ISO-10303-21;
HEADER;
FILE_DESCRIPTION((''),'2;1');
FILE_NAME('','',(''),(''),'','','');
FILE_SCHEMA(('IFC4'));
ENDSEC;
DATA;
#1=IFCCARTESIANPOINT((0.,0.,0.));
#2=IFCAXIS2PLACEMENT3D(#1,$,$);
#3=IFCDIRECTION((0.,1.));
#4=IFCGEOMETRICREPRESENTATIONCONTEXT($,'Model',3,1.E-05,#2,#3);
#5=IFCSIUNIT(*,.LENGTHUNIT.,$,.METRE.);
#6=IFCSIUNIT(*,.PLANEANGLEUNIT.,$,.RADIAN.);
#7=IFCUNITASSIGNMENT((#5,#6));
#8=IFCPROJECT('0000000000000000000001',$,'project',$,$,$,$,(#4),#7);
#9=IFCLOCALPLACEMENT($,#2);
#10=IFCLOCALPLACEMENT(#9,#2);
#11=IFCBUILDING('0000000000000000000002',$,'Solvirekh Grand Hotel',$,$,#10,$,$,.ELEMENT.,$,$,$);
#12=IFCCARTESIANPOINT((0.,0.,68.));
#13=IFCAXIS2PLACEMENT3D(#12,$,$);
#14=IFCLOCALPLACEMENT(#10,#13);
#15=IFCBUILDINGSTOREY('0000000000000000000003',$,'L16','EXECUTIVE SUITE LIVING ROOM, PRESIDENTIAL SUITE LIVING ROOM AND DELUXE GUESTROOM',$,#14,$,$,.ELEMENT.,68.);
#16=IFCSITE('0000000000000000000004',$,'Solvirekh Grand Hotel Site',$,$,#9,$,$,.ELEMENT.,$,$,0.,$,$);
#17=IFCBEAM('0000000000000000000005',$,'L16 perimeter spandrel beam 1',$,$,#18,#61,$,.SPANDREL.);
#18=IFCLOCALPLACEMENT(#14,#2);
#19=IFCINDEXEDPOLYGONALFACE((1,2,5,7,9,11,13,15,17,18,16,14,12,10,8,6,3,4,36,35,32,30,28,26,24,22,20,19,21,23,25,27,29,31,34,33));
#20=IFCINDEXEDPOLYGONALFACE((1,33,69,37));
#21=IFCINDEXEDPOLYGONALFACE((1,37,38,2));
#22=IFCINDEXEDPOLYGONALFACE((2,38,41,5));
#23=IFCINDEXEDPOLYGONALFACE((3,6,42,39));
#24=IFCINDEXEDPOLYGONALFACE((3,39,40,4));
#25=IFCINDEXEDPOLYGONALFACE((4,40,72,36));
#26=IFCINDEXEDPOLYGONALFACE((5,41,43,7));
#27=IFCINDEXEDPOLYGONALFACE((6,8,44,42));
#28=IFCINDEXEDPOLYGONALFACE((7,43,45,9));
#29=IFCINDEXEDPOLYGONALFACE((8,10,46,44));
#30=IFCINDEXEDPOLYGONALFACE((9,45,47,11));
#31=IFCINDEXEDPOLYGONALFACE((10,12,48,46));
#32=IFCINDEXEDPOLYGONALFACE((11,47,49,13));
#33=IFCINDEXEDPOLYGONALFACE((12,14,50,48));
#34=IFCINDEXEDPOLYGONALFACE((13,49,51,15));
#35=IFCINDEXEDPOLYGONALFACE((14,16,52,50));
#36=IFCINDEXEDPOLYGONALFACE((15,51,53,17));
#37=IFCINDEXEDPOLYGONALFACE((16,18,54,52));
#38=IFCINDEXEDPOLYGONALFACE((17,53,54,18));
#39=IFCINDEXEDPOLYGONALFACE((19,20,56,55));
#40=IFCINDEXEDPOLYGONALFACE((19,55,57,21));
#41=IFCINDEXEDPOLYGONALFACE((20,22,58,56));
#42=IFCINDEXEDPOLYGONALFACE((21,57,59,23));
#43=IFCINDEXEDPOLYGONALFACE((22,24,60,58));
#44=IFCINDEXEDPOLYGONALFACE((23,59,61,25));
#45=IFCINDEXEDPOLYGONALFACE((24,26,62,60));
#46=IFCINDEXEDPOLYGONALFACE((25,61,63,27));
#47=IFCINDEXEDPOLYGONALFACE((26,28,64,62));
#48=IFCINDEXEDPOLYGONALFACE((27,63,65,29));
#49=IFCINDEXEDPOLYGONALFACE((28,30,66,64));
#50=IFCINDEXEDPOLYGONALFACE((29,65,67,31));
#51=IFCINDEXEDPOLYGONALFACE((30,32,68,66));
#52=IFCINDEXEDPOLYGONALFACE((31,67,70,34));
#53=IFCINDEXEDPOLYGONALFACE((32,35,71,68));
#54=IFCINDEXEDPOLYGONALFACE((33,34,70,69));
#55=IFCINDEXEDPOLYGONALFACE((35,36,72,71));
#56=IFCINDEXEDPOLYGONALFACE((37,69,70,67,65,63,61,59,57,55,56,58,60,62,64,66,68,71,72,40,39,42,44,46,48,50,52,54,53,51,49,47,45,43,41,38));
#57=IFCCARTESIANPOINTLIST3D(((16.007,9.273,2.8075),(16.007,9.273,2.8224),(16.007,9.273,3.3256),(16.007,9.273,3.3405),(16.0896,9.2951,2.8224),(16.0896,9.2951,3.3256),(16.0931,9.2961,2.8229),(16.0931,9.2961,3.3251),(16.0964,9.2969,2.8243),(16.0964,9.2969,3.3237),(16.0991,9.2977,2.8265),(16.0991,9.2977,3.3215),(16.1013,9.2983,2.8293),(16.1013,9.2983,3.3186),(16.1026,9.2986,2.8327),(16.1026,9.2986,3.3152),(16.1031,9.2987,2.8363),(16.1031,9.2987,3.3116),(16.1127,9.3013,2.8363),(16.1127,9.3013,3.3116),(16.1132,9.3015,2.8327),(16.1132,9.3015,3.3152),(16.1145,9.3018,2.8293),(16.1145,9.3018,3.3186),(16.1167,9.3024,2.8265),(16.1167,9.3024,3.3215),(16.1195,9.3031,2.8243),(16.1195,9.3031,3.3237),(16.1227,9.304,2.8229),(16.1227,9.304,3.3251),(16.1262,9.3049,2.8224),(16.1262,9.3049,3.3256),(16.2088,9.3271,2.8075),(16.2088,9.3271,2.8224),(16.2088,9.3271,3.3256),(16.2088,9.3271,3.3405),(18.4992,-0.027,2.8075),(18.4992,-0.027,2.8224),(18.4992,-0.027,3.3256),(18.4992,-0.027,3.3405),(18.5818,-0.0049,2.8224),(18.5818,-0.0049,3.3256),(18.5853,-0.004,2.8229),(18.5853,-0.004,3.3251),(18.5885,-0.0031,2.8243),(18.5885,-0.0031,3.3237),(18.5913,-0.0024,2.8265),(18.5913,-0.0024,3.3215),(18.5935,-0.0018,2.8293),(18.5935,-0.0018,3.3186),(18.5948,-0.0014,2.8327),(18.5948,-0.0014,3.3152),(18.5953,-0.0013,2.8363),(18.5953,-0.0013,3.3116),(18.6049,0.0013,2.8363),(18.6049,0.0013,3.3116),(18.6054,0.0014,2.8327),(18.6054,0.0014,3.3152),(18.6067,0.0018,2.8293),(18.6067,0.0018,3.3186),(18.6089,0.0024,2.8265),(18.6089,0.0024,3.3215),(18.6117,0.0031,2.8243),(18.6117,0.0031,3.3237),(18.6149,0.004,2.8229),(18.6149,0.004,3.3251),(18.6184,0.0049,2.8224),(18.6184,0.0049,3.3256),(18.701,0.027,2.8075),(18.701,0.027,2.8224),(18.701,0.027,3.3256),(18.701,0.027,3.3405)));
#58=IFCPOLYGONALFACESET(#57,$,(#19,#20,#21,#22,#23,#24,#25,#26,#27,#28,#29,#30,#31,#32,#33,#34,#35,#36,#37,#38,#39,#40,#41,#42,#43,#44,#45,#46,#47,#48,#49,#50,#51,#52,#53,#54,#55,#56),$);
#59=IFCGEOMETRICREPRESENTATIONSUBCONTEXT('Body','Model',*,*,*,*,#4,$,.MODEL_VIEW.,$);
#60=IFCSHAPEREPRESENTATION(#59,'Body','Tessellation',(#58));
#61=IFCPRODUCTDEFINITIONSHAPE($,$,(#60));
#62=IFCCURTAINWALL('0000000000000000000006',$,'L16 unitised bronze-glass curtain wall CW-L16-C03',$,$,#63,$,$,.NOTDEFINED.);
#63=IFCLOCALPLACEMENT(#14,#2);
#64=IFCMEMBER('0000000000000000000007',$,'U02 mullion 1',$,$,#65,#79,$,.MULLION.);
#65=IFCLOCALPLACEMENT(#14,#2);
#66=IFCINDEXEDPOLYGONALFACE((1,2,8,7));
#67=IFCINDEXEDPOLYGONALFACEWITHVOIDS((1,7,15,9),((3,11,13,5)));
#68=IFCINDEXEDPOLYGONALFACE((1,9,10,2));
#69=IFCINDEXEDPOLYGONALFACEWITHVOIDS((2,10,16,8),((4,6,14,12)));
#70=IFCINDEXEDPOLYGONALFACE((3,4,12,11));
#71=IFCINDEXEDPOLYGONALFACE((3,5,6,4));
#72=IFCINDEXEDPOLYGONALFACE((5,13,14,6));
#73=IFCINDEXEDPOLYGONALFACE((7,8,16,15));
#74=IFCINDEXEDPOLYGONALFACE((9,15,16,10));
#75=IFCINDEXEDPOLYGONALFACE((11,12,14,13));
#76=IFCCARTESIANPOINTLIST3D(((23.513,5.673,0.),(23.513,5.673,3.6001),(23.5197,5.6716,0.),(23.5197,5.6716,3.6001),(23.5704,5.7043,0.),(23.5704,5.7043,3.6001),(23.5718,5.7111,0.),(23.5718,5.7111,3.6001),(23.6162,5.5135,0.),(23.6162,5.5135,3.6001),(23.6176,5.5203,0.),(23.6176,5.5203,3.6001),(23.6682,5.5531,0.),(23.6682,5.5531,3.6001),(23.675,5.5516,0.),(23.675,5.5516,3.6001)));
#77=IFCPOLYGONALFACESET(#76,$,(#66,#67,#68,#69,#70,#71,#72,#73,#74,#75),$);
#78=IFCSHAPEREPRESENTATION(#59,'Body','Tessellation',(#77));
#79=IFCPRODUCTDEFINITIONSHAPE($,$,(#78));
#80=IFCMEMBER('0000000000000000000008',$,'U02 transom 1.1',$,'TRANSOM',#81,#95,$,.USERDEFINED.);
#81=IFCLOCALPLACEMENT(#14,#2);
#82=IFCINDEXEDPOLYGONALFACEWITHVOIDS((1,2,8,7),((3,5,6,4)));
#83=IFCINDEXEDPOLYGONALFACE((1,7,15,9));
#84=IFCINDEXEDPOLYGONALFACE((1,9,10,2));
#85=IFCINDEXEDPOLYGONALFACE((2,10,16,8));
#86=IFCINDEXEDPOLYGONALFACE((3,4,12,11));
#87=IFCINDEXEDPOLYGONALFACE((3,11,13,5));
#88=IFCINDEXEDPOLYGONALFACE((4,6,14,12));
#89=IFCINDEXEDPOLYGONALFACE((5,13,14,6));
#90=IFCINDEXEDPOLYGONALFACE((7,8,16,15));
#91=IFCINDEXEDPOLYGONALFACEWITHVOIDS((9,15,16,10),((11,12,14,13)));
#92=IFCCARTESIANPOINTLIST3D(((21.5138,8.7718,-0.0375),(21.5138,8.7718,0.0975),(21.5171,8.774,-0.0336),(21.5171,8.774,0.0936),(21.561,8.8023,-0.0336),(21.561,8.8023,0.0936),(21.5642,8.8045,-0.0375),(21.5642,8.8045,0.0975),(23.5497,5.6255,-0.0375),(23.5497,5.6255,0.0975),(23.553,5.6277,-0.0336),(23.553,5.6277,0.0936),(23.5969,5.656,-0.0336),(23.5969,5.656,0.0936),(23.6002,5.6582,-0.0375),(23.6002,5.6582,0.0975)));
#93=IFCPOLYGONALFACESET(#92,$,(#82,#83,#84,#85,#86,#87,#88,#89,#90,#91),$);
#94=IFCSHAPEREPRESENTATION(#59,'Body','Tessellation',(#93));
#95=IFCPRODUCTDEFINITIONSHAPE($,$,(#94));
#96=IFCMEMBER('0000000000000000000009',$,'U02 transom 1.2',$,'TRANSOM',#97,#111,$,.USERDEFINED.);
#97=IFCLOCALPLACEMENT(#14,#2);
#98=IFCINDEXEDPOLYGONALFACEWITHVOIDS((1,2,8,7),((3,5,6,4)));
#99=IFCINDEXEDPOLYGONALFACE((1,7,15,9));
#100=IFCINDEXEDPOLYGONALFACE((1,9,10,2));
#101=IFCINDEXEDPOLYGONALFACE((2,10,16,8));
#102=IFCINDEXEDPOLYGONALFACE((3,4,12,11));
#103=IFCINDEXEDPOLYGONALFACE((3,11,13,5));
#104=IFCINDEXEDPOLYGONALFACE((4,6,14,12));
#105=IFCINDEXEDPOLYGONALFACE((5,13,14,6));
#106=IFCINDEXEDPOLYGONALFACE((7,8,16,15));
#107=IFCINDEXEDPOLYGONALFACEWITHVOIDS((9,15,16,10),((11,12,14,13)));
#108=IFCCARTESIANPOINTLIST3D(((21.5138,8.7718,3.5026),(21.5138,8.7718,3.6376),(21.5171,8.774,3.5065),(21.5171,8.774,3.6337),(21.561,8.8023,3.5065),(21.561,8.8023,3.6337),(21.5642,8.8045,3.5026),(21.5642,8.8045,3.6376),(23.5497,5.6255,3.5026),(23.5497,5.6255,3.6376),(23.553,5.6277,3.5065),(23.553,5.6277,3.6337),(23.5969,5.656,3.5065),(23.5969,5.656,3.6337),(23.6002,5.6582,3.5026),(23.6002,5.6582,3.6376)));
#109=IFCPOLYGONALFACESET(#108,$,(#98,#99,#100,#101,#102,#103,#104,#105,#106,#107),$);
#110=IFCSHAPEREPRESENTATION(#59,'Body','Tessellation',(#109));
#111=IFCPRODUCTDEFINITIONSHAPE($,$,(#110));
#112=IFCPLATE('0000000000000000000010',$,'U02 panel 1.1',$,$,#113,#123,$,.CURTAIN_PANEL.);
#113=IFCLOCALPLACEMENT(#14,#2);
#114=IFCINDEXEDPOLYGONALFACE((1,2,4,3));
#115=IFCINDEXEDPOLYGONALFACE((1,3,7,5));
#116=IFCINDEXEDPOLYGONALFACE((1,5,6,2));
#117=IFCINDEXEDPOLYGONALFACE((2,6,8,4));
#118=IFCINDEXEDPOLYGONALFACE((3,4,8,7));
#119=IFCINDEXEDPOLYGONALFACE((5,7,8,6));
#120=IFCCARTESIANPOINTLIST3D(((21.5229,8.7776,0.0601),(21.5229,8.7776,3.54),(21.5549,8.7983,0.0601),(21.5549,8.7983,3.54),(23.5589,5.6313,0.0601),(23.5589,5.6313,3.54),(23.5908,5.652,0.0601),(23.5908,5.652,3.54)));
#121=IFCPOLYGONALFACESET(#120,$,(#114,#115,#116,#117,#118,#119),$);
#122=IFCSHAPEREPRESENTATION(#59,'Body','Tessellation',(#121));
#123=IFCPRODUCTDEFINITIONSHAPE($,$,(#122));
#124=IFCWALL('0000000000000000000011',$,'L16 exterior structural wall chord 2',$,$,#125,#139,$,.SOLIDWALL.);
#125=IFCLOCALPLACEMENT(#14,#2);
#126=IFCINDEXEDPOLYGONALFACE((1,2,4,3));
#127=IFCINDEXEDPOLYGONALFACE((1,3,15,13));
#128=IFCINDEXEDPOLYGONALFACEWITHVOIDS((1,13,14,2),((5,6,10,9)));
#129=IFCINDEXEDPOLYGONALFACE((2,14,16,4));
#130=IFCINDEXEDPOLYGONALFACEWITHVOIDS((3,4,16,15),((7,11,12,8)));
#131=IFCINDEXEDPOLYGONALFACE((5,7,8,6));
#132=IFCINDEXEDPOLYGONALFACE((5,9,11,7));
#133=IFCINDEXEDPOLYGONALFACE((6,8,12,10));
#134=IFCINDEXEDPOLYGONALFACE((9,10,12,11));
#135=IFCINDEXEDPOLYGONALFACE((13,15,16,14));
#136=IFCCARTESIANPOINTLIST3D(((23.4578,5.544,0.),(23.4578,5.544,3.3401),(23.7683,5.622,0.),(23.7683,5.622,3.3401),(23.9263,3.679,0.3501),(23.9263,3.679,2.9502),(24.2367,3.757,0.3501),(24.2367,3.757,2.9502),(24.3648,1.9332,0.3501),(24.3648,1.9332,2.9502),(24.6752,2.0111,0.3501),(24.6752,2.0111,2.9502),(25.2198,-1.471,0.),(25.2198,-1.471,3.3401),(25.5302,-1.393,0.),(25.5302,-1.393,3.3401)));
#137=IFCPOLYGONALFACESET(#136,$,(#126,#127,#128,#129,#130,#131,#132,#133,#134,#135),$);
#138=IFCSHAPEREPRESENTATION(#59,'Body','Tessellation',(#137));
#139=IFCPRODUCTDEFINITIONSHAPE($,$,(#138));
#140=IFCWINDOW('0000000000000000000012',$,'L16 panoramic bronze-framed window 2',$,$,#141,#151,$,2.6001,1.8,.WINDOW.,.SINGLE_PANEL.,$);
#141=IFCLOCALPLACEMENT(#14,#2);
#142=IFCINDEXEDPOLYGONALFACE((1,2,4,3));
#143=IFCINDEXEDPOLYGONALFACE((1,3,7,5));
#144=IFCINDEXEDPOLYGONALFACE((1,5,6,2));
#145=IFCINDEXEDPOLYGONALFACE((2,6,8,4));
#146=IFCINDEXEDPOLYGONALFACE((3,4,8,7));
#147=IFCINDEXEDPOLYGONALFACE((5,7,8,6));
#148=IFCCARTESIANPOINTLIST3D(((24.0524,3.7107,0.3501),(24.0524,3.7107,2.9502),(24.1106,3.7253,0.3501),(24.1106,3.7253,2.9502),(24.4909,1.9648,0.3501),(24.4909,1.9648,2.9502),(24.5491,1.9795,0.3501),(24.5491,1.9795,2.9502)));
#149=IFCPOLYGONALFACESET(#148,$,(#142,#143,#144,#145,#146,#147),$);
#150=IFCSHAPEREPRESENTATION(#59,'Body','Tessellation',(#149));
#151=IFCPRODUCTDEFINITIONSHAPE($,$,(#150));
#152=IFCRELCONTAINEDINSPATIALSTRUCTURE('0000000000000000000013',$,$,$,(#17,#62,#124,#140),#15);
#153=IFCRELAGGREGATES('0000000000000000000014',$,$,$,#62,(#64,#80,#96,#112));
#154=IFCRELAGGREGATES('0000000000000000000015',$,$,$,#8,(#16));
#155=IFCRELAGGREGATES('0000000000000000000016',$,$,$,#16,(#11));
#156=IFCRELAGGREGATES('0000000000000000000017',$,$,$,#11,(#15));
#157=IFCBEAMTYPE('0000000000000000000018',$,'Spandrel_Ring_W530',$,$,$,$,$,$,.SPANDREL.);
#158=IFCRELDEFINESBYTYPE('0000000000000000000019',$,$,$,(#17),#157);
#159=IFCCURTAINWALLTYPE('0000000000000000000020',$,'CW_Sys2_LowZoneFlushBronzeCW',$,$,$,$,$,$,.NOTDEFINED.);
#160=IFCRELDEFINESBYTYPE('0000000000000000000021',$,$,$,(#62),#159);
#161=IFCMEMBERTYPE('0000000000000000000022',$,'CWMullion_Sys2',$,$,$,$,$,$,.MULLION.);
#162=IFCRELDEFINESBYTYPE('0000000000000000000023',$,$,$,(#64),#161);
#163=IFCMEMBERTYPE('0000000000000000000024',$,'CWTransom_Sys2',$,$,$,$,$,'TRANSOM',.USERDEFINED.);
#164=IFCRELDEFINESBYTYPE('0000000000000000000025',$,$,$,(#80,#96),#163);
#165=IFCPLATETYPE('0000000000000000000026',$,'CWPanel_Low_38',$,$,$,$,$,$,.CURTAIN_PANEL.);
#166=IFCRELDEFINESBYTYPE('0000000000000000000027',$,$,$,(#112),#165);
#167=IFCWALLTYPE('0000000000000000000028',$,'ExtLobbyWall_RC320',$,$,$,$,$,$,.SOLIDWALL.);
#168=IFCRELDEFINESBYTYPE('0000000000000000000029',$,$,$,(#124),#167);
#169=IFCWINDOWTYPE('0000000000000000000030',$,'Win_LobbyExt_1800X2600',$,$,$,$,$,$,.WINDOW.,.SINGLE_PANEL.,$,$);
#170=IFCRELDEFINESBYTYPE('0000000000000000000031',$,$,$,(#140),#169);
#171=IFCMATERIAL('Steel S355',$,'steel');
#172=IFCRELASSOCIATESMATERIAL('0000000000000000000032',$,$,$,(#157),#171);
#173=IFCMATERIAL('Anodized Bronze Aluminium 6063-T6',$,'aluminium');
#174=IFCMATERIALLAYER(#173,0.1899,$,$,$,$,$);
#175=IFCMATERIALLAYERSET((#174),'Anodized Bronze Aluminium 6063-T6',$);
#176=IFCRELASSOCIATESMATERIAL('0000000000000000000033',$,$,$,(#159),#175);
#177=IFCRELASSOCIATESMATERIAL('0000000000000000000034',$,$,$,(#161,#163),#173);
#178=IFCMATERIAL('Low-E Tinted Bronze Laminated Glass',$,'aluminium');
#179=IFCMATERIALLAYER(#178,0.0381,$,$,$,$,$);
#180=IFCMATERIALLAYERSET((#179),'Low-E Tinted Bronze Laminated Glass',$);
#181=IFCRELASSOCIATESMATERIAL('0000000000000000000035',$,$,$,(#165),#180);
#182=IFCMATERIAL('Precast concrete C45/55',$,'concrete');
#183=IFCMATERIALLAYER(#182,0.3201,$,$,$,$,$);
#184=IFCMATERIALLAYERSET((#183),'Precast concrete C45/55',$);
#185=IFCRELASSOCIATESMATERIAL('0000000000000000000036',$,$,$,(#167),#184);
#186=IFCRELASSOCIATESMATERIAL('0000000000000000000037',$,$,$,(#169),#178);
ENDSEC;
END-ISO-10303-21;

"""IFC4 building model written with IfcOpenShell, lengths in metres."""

from ifc_helpers import new_model, si_unit, direction, frame, frame_2d, origin, origin_2d, place, context, subcontext, project, spatial, rectangle, hollow_rectangle, i_section, extrude, source, transform, mapped, material, layer, layer_set, material_profile, profile_set, type_object, element, fill, aggregate, save


model = new_model("IFC4")

# Units and contexts
model_context = context("Model", 3, precision=1e-05, world=origin(), true_north=direction((0.0, 1.0)))
body_context = subcontext(model_context, "Body", "Model", "MODEL_VIEW")
ifc_project = project(units=[si_unit("LENGTHUNIT", "METRE"), si_unit("PLANEANGLEUNIT", "RADIAN")], contexts=[model_context])

# Site, building, storey
site_placement = place(None, origin())
site = spatial("IfcSite", under=ifc_project, at=site_placement, Name="Solvirekh Grand Hotel Site", CompositionType="ELEMENT", RefElevation=0.0)
building_placement = place(site_placement, origin())
building = spatial("IfcBuilding", under=site, at=building_placement, Name="Solvirekh Grand Hotel", CompositionType="ELEMENT")
storey_placement = place(building_placement, frame((0.0, 0.0, 68.0)))
storey = spatial("IfcBuildingStorey", under=building, at=storey_placement, Name="L16", Description="EXECUTIVE SUITE LIVING ROOM, PRESIDENTIAL SUITE LIVING ROOM AND DELUXE GUESTROOM", CompositionType="ELEMENT", Elevation=68.0)

# Beam
ifc_material_1 = material(Name="Steel S355", Category="steel")
ifc_material_profile_1 = material_profile(ifc_material_1, i_section(OverallWidth=0.209, OverallDepth=0.533, WebThickness=0.01, FlangeThickness=0.0149, FilletRadius=0.0139, at=origin_2d()), Name="W530X92")
ifc_profile_set_1 = profile_set([ifc_material_profile_1], Name="Steel S355")
beam_type_1 = type_object("IfcBeamType", Name="Spandrel_Ring_W530", PredefinedType="SPANDREL", material=ifc_profile_set_1)
beam_1_placement = place(storey_placement, frame((18.6001, 0.0, 3.074), z_axis=(-0.258843, 0.965919, 0.0), x_axis=(-0.965919, -0.258843, 0.0)))
element("IfcBeam", 1, at=beam_1_placement, inside=storey, type_object=beam_type_1, Name="L16 perimeter spandrel beam 1", PredefinedType="SPANDREL", context=body_context, shape_type="SweptSolid", body=[
    extrude(i_section(OverallWidth=0.209, OverallDepth=0.533, WebThickness=0.01, FlangeThickness=0.0149, FilletRadius=0.0139, at=origin_2d()), origin(), (0.0, 0.0, 1.0), 9.6282),
])

# Curtain wall, members, plate
ifc_material_2 = material(Name="Anodized Bronze Aluminium 6063-T6", Category="aluminium")
ifc_layer_1 = layer(ifc_material_2, 0.1899)
ifc_layer_set_1 = layer_set([ifc_layer_1], Name="Anodized Bronze Aluminium 6063-T6")
curtain_wall_type = type_object("IfcCurtainWallType", Name="CW_Sys2_LowZoneFlushBronzeCW", PredefinedType="NOTDEFINED", material=ifc_layer_set_1)
curtain_wall_placement = place(storey_placement, origin())
curtain_wall = element("IfcCurtainWall", 2, at=curtain_wall_placement, inside=storey, type_object=curtain_wall_type, Name="L16 unitised bronze-glass curtain wall CW-L16-C03", PredefinedType="NOTDEFINED")
ifc_material_profile_2 = material_profile(ifc_material_2, hollow_rectangle(XDim=0.0701, YDim=0.1899, WallThickness=0.0049, at=origin_2d()), Name="ALU RHS 190X70X5")
ifc_profile_set_2 = profile_set([ifc_material_profile_2], Name="Anodized Bronze Aluminium 6063-T6")
member_type_1 = type_object("IfcMemberType", Name="CWMullion_Sys2", PredefinedType="MULLION", material=ifc_profile_set_2)
shared_shape_1 = source(origin(), body_context, "Body", "SweptSolid", [
    extrude(hollow_rectangle(XDim=0.0701, YDim=0.1899, WallThickness=0.0049, at=origin_2d()), origin(), (0.0, 0.0, 1.0), 3.6001),
])
member_1_placement = place(storey_placement, frame((23.594, 5.6123, 0.0), z_axis=(0.0, 0.0, 1.0), x_axis=(-0.83956, -0.543267, 0.0)))
member_1 = element("IfcMember", 3, at=member_1_placement, type_object=member_type_1, Name="U02 mullion 1", PredefinedType="MULLION", context=body_context, shape_type="MappedRepresentation", body=[
    mapped(shared_shape_1, transform((0.0, 0.0, 0.0), x_axis=(1.0, 0.0, 0.0), y_axis=(0.0, 1.0, 0.0), z_axis=(0.0, 0.0, 1.0), scale=1.0)),
])
ifc_material_profile_3 = material_profile(ifc_material_2, hollow_rectangle(XDim=0.0601, YDim=0.135, WallThickness=0.0039, at=origin_2d()), Name="ALU RHS 135X60X4")
ifc_profile_set_3 = profile_set([ifc_material_profile_3], Name="Anodized Bronze Aluminium 6063-T6")
member_type_2 = type_object("IfcMemberType", Name="CWTransom_Sys2", ElementType="TRANSOM", PredefinedType="USERDEFINED", material=ifc_profile_set_3)
shared_shape_2 = source(origin(), body_context, "Body", "SweptSolid", [
    extrude(hollow_rectangle(XDim=0.0601, YDim=0.135, WallThickness=0.0039, at=origin_2d()), origin(), (0.0, 0.0, 1.0), 3.7476),
])
member_2_placement = place(storey_placement, frame((23.575, 5.6418, 0.03), z_axis=(-0.543267, 0.83956, 0.0), x_axis=(-0.83956, -0.543267, 0.0)))
member_2 = element("IfcMember", 4, at=member_2_placement, type_object=member_type_2, Name="U02 transom 1.1", ObjectType="TRANSOM", PredefinedType="USERDEFINED", context=body_context, shape_type="MappedRepresentation", body=[
    mapped(shared_shape_2, transform((0.0, 0.0, 0.0), x_axis=(1.0, 0.0, 0.0), y_axis=(0.0, 1.0, 0.0), z_axis=(0.0, 0.0, 1.0), scale=1.0)),
])
member_3_placement = place(storey_placement, frame((23.575, 5.6418, 3.5701), z_axis=(-0.543267, 0.83956, 0.0), x_axis=(-0.83956, -0.543267, 0.0)))
member_3 = element("IfcMember", 5, at=member_3_placement, type_object=member_type_2, Name="U02 transom 1.2", ObjectType="TRANSOM", PredefinedType="USERDEFINED", context=body_context, shape_type="MappedRepresentation", body=[
    mapped(shared_shape_2, transform((0.0, 0.0, 0.0), x_axis=(1.0, 0.0, 0.0), y_axis=(0.0, 1.0, 0.0), z_axis=(0.0, 0.0, 1.0), scale=1.0)),
])
ifc_material_3 = material(Name="Low-E Tinted Bronze Laminated Glass", Category="aluminium")
ifc_layer_2 = layer(ifc_material_3, 0.0381)
ifc_layer_set_2 = layer_set([ifc_layer_2], Name="Low-E Tinted Bronze Laminated Glass")
plate_type = type_object("IfcPlateType", Name="CWPanel_Low_38", PredefinedType="CURTAIN_PANEL", material=ifc_layer_set_2)
shared_shape_3 = source(origin(), body_context, "Body", "SweptSolid", [
    extrude(rectangle(XDim=3.7476, YDim=0.0381, at=origin_2d()), origin(), (0.0, 0.0, 1.0), 3.48),
])
plate_placement = place(storey_placement, frame((22.5569, 7.2148, 0.0601), z_axis=(0.0, 0.0, 1.0), x_axis=(-0.543267, 0.83956, 0.0)))
plate = element("IfcPlate", 6, at=plate_placement, type_object=plate_type, Name="U02 panel 1.1", PredefinedType="CURTAIN_PANEL", context=body_context, shape_type="MappedRepresentation", body=[
    mapped(shared_shape_3, transform((0.0, 0.0, 0.0), x_axis=(1.0, 0.0, 0.0), y_axis=(0.0, 1.0, 0.0), z_axis=(0.0, 0.0, 1.0), scale=1.0)),
])
aggregate(curtain_wall, [member_1, member_2, member_3, plate])

# Wall, opening, window
ifc_material_4 = material(Name="Precast concrete C45/55", Category="concrete")
ifc_layer_3 = layer(ifc_material_4, 0.3201)
ifc_layer_set_3 = layer_set([ifc_layer_3], Name="Precast concrete C45/55")
wall_type_1 = type_object("IfcWallType", Name="ExtLobbyWall_RC320", PredefinedType="SOLIDWALL", material=ifc_layer_set_3)
wall_1_placement = place(storey_placement, frame((23.613, 5.583, 0.0), z_axis=(0.0, 0.0, 1.0), x_axis=(0.243608, -0.969874, 0.0)))
wall_1 = element("IfcWall", 7, at=wall_1_placement, inside=storey, type_object=wall_type_1, Name="L16 exterior structural wall chord 2", PredefinedType="SOLIDWALL", context=body_context, shape_type="SweptSolid", body=[
    extrude(rectangle(XDim=7.2329, YDim=0.3201, at=frame_2d((3.6165, 0.0))), origin(), (0.0, 0.0, 1.0), 3.3401),
])
opening_1_placement = place(wall_1_placement, frame((1.9231, 0.0, 0.3501)))
opening_1 = element("IfcOpeningElement", 8, at=opening_1_placement, cuts=wall_1, PredefinedType="OPENING", context=body_context, shape_type="SweptSolid", body=[
    extrude(rectangle(XDim=1.8, YDim=2.6001, at=frame_2d((0.8999, 1.3))), frame((0.0, 0.1699, 0.0), z_axis=(0.0, -1.0, 0.0), x_axis=(1.0, 0.0, 0.0)), (0.0, 0.0, 1.0), 0.3401),
])
window_type = type_object("IfcWindowType", Name="Win_LobbyExt_1800X2600", PartitioningType="SINGLE_PANEL", PredefinedType="WINDOW", material=ifc_material_3)
window_placement = place(opening_1_placement, origin())
window = element("IfcWindow", 9, at=window_placement, inside=storey, type_object=window_type, Name="L16 panoramic bronze-framed window 2", OverallHeight=2.6001, OverallWidth=1.8, PartitioningType="SINGLE_PANEL", PredefinedType="WINDOW", context=body_context, shape_type="SweptSolid", body=[
    extrude(rectangle(XDim=1.8, YDim=2.6001, at=frame_2d((0.8999, 1.3))), frame((0.0, 0.03, 0.0), z_axis=(0.0, -1.0, 0.0), x_axis=(1.0, 0.0, 0.0)), (0.0, 0.0, 1.0), 0.0601),
])
fill(opening_1, window)

save(model, "model.ifc")
